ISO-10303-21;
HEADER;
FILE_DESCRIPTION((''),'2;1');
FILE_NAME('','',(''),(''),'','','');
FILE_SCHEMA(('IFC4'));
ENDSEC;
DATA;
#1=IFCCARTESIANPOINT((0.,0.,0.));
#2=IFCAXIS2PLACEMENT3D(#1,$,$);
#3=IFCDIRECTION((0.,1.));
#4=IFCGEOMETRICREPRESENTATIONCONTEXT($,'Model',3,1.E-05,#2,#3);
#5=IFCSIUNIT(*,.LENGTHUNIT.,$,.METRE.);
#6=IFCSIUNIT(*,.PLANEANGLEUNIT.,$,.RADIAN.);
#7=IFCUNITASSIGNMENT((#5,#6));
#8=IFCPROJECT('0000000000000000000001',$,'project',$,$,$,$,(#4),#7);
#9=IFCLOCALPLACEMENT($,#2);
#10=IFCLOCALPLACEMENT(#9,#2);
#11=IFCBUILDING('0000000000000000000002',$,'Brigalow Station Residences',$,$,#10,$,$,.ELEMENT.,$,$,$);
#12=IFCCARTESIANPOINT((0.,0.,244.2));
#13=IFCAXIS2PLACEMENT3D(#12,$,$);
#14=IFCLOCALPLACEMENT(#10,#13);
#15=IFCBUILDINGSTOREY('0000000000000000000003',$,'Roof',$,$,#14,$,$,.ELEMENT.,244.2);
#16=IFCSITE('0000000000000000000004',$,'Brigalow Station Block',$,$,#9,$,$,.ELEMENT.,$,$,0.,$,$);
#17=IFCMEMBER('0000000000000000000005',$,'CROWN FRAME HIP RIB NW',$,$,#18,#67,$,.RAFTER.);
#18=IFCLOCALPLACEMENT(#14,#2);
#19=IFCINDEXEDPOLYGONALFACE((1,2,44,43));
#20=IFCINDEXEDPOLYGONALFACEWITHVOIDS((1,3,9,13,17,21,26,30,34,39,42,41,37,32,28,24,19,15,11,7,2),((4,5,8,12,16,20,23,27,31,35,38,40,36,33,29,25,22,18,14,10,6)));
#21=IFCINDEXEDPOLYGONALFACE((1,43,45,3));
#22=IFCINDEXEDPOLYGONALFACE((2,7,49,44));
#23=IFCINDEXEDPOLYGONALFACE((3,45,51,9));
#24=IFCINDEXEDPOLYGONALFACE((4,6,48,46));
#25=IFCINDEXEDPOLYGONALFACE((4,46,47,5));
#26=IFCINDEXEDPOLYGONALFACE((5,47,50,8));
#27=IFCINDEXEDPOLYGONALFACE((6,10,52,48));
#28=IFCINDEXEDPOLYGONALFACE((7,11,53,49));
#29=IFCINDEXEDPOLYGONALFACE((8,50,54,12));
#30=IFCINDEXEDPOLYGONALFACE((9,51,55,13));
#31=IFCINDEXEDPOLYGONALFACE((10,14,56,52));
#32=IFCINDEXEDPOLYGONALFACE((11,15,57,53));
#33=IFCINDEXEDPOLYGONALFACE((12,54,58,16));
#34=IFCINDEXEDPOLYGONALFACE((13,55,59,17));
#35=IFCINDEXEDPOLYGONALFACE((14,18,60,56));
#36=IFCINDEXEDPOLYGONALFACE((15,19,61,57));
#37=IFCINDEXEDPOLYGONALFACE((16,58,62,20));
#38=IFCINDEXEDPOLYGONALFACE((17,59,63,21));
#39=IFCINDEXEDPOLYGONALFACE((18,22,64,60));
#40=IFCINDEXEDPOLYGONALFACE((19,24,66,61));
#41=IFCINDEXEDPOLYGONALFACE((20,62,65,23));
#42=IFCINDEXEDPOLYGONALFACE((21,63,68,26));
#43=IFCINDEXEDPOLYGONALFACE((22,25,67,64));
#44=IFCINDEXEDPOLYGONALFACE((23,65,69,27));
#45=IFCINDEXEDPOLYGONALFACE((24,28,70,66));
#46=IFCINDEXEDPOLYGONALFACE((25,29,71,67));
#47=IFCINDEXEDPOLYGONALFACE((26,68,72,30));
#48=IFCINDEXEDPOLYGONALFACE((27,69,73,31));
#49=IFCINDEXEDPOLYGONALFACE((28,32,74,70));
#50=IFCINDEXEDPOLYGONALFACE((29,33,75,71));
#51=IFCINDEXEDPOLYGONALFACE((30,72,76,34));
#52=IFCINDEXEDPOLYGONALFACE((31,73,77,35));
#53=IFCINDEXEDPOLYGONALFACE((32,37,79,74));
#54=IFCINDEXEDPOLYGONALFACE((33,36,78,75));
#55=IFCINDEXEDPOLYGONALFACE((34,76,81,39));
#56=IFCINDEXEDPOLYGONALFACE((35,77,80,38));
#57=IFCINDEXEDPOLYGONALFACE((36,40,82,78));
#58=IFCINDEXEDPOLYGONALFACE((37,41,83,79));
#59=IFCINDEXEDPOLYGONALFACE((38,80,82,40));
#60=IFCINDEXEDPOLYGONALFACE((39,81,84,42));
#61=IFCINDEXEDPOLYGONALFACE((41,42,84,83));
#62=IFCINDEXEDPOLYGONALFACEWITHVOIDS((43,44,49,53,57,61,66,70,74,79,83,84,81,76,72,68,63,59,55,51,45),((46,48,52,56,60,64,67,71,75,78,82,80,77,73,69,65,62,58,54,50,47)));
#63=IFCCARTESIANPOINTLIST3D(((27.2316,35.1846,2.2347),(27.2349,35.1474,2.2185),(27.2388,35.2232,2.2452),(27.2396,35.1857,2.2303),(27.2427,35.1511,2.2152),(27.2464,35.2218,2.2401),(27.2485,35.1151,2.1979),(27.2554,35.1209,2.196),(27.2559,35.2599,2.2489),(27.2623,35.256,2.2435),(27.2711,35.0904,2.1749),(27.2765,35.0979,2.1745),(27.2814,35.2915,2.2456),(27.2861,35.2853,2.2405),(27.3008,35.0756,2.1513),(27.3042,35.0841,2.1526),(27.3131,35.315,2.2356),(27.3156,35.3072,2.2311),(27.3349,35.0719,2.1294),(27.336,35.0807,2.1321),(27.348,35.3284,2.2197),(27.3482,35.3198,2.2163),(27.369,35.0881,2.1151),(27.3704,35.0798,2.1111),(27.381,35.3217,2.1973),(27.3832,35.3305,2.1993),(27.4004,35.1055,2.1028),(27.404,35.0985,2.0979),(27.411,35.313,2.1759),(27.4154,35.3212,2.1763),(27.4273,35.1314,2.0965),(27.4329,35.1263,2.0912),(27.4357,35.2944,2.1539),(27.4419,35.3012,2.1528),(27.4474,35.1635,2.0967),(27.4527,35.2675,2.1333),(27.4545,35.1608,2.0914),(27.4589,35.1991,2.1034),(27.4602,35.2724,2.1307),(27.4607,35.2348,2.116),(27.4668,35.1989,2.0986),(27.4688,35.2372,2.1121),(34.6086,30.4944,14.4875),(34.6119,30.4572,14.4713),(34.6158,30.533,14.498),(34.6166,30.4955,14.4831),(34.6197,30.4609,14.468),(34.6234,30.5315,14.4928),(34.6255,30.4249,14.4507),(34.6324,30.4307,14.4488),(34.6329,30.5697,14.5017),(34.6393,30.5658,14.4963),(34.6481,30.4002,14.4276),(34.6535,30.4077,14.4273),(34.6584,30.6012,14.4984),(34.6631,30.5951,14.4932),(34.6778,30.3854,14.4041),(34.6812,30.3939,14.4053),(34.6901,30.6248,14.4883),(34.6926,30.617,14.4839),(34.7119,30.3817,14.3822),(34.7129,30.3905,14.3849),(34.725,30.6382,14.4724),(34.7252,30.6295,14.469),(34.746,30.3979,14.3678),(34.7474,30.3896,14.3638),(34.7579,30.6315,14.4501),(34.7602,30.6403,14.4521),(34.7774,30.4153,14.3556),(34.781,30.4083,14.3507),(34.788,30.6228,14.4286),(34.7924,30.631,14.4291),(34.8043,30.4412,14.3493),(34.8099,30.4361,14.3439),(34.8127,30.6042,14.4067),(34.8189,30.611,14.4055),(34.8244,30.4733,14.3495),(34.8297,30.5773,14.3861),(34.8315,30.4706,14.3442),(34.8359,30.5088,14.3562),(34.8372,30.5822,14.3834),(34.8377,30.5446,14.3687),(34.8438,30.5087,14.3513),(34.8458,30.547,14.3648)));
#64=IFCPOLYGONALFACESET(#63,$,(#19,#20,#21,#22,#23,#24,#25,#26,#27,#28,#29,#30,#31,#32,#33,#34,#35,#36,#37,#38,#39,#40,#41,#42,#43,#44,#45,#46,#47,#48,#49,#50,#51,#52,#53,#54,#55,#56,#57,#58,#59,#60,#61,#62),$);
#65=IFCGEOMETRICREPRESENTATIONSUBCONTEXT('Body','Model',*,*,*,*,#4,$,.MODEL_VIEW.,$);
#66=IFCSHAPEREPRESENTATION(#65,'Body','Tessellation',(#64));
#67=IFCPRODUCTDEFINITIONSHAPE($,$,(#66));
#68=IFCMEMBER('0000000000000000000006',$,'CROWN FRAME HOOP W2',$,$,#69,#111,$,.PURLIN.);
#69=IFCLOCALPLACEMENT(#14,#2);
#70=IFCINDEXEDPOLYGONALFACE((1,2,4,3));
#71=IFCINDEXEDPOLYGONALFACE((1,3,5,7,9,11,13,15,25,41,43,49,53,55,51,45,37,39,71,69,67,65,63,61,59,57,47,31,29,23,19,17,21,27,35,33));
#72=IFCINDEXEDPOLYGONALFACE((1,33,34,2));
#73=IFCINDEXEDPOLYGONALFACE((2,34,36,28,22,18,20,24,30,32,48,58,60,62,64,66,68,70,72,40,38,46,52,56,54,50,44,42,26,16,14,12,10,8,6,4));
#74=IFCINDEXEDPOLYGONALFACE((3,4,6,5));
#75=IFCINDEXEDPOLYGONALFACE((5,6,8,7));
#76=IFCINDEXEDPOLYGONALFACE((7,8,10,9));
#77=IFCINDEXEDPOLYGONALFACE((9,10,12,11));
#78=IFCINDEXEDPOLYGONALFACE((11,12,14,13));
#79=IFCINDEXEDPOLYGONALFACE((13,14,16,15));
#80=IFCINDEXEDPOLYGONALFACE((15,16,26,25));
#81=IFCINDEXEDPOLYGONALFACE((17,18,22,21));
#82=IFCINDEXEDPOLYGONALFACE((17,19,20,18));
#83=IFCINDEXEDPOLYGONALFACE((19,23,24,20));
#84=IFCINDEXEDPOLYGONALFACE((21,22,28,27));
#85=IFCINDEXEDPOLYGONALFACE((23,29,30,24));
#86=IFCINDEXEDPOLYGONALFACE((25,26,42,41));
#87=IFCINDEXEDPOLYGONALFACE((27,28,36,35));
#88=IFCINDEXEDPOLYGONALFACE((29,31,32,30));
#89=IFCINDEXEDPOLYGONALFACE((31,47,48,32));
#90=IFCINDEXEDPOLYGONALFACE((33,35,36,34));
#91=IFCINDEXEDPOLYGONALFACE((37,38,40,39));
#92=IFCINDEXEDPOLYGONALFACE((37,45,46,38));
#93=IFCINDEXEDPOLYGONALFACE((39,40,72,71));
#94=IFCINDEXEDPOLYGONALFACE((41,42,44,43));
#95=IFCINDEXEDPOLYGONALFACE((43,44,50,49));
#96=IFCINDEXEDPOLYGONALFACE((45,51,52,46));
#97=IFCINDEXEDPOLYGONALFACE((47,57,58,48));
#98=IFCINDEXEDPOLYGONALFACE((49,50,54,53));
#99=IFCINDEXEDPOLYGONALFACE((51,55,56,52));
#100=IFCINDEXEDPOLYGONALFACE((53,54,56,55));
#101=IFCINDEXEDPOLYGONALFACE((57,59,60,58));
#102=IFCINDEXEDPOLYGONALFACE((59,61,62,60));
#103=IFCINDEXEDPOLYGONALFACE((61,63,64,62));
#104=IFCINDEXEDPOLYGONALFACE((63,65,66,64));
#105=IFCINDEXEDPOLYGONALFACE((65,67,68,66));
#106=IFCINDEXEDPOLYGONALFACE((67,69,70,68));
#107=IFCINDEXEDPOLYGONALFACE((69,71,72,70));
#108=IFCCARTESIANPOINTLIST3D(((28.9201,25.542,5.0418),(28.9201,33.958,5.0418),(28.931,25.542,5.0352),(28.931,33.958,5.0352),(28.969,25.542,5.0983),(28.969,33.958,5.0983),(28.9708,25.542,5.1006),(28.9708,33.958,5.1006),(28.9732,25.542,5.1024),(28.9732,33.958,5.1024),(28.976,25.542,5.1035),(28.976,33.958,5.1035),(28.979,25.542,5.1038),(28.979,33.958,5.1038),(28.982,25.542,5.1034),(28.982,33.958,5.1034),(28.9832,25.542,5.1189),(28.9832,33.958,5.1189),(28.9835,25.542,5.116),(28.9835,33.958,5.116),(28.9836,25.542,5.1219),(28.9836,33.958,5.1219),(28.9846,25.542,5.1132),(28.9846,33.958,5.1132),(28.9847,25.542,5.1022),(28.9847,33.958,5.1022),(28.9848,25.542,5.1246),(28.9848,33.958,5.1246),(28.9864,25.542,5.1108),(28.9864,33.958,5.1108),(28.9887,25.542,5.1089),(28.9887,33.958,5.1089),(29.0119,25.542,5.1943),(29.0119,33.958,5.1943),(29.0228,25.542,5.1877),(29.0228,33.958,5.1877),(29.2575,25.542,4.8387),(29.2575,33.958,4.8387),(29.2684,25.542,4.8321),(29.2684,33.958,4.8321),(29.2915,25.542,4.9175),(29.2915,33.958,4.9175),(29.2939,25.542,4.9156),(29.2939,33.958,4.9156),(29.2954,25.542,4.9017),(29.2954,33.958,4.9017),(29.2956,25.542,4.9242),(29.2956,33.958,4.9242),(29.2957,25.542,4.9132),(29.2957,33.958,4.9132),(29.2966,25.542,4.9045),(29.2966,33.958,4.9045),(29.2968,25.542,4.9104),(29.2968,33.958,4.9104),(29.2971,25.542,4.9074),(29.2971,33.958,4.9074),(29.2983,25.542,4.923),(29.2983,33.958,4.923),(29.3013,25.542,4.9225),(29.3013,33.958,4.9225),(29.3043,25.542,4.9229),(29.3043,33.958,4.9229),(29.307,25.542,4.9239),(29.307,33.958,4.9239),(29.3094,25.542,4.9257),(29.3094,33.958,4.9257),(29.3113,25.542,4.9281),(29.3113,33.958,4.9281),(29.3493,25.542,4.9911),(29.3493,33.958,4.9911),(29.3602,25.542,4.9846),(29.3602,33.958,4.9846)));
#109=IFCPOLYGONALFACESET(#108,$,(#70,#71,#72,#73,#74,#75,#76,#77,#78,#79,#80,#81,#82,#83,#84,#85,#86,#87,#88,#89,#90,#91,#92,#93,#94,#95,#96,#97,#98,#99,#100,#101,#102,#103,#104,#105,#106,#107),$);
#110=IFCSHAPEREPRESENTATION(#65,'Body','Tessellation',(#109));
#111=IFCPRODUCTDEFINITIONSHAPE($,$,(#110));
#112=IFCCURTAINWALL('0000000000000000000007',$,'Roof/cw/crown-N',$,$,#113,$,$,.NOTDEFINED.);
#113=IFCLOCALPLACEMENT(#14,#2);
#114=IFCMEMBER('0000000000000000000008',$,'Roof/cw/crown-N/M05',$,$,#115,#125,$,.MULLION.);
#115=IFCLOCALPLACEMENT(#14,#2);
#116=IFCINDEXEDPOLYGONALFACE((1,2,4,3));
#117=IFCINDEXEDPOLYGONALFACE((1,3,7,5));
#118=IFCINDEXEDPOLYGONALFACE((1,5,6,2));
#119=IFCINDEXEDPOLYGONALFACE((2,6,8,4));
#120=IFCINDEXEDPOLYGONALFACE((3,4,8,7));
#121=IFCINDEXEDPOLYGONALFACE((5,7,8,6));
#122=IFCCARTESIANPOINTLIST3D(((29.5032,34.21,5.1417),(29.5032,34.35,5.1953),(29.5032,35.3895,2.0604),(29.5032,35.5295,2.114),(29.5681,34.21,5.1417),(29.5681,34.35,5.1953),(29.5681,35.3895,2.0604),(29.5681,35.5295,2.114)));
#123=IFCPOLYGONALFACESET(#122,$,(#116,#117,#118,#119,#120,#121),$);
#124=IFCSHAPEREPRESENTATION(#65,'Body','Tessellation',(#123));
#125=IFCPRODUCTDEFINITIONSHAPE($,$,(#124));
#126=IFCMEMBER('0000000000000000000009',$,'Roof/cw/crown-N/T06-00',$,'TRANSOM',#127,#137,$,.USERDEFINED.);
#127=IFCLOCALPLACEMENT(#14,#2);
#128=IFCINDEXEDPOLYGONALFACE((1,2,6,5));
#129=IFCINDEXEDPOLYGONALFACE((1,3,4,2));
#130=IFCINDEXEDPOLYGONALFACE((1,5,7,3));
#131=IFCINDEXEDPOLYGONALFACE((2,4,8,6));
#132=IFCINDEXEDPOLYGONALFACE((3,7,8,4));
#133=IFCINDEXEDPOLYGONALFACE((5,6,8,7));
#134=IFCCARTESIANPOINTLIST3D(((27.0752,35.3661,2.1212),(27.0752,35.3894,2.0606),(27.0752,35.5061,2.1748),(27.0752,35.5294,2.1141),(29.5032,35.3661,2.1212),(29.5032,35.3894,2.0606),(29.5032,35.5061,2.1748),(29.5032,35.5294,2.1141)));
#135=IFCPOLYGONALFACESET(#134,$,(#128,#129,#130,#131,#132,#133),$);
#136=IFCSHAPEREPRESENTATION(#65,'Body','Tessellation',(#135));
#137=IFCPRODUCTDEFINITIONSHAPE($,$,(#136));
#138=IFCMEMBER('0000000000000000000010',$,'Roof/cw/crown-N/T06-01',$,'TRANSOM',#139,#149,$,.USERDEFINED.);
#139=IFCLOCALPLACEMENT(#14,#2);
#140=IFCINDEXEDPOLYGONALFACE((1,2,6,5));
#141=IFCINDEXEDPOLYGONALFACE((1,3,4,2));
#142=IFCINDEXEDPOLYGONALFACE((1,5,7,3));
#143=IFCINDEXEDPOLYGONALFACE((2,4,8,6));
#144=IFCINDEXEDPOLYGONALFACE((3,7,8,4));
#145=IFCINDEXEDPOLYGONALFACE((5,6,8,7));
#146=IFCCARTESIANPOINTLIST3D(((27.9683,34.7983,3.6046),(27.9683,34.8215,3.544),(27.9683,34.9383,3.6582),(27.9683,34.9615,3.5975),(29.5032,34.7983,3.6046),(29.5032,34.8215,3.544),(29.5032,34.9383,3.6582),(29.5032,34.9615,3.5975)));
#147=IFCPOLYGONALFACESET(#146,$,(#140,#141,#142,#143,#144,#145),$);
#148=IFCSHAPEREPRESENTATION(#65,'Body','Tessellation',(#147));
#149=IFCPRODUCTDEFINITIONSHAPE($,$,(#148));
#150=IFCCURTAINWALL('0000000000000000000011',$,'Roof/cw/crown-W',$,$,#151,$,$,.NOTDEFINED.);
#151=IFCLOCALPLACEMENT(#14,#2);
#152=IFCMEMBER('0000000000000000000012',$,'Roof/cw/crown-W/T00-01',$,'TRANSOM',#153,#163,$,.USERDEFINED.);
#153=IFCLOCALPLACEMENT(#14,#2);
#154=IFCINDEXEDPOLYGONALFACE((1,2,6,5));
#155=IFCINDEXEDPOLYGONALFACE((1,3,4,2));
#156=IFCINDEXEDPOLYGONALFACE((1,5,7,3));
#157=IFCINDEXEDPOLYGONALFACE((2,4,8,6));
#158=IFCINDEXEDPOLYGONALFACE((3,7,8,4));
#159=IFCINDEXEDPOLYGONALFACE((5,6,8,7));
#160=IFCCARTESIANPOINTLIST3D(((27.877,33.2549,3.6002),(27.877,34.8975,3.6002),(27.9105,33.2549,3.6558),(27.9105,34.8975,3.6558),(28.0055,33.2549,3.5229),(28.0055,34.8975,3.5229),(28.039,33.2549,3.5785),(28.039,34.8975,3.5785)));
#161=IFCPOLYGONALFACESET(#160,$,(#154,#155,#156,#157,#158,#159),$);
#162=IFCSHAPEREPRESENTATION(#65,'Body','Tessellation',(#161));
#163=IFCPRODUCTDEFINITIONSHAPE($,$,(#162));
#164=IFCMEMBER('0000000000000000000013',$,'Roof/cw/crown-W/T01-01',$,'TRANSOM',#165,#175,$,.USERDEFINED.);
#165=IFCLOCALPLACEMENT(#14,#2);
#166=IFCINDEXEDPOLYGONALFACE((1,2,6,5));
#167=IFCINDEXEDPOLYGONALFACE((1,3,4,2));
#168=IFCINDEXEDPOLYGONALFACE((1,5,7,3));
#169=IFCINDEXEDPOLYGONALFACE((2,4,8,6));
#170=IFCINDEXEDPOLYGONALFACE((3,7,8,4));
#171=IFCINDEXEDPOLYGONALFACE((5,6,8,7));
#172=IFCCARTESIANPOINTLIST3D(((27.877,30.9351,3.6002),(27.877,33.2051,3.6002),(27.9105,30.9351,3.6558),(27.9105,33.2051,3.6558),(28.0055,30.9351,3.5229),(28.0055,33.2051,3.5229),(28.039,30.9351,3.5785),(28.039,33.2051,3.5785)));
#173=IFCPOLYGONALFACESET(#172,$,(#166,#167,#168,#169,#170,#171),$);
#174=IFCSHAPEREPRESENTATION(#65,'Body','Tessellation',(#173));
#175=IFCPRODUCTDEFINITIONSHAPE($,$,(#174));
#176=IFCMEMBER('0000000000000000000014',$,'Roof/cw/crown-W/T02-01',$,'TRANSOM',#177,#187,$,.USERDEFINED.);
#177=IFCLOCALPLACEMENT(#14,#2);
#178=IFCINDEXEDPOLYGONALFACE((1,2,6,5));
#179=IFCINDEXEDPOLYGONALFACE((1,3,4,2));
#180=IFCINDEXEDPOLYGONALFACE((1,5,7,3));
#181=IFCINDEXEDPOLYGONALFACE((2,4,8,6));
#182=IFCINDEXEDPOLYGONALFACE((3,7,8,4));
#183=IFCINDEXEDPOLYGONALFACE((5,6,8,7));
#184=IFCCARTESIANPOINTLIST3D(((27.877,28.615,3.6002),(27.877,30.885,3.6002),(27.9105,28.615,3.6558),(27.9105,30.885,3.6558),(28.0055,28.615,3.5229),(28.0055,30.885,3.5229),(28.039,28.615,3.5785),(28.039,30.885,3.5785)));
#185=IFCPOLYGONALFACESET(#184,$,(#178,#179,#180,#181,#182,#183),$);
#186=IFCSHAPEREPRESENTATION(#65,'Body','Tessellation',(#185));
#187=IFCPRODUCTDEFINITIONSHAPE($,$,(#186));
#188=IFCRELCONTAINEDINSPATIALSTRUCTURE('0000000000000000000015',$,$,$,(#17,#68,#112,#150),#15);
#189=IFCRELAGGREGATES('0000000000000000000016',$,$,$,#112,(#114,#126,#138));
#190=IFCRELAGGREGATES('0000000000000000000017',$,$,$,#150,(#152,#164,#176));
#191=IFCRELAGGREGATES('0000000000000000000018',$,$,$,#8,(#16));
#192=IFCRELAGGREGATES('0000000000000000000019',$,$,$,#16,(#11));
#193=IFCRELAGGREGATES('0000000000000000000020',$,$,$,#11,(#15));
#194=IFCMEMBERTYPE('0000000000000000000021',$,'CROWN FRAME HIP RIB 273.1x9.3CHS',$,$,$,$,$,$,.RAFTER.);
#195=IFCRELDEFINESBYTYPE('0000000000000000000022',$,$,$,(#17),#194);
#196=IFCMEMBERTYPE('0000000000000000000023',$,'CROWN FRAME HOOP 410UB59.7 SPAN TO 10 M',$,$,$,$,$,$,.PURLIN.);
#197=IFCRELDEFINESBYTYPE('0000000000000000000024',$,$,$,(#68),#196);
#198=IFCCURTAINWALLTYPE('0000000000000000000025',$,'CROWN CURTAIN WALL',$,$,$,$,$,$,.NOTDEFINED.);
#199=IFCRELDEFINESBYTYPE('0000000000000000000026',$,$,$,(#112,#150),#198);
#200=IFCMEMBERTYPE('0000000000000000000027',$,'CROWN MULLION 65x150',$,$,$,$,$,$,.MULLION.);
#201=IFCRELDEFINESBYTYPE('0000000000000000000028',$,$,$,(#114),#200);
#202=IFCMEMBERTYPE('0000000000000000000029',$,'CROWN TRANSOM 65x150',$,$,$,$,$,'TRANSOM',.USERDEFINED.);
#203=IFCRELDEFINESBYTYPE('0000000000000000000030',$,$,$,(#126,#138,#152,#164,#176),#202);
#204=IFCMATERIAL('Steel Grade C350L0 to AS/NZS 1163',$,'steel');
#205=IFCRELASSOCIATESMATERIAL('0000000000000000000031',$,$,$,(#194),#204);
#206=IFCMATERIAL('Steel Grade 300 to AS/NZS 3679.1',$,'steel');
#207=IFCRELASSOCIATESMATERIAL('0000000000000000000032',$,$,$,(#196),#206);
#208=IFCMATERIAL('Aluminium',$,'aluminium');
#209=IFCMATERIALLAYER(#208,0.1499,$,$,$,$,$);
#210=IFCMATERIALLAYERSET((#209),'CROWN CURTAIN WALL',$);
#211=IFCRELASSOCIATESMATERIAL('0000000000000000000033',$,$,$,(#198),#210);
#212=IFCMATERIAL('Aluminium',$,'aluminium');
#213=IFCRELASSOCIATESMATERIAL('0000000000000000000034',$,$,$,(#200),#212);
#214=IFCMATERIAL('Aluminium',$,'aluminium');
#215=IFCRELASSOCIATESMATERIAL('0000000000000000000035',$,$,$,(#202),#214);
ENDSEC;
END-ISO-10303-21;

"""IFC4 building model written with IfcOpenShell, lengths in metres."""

from ifc_helpers import new_model, si_unit, direction, frame, origin, origin_2d, place, context, subcontext, project, spatial, rectangle, hollow_circle, i_section, extrude, material, layer, layer_set, material_profile, profile_set, type_object, element, aggregate, save


model = new_model("IFC4")

# Units and contexts
model_context = context("Model", 3, precision=1e-05, world=origin(), true_north=direction((0.0, 1.0)))
body_context = subcontext(model_context, "Body", "Model", "MODEL_VIEW")
ifc_project = project(units=[si_unit("LENGTHUNIT", "METRE"), si_unit("PLANEANGLEUNIT", "RADIAN")], contexts=[model_context])

# Site, building, storey
site_placement = place(None, origin())
site = spatial("IfcSite", under=ifc_project, at=site_placement, Name="Brigalow Station Block", CompositionType="ELEMENT", RefElevation=0.0)
building_placement = place(site_placement, origin())
building = spatial("IfcBuilding", under=site, at=building_placement, Name="Brigalow Station Residences", CompositionType="ELEMENT")
storey_placement = place(building_placement, frame((0.0, 0.0, 244.2)))
storey = spatial("IfcBuildingStorey", under=building, at=storey_placement, Name="Roof", CompositionType="ELEMENT", Elevation=244.2)

# Members
ifc_material_1 = material(Name="Steel Grade C350L0 to AS/NZS 1163", Category="steel")
ifc_material_profile_1 = material_profile(ifc_material_1, hollow_circle(Radius=0.1365, WallThickness=0.0093, at=origin_2d()), Name="273.1x9.3CHS")
ifc_profile_set_1 = profile_set([ifc_material_profile_1], Name="Steel Grade C350L0 to AS/NZS 1163")
member_type_1 = type_object("IfcMemberType", Name="CROWN FRAME HIP RIB 273.1x9.3CHS", PredefinedType="RAFTER", material=ifc_profile_set_1)
member_1_placement = place(storey_placement, frame((27.3503, 35.2014, 2.1697), z_axis=(0.490116, -0.311611, 0.814055), x_axis=(0.670788, 0.731216, -0.123959)))
element("IfcMember", 1, at=member_1_placement, inside=storey, type_object=member_type_1, Name="CROWN FRAME HIP RIB NW", PredefinedType="RAFTER", context=body_context, shape_type="SweptSolid", body=[
    extrude(hollow_circle(Radius=0.1365, WallThickness=0.0093, at=origin_2d()), origin(), (0.0, 0.0, 1.0), 15.0515),
])
ifc_material_2 = material(Name="Steel Grade 300 to AS/NZS 3679.1", Category="steel")
ifc_material_profile_2 = material_profile(ifc_material_2, i_section(OverallWidth=0.178, OverallDepth=0.4065, WebThickness=0.0078, FlangeThickness=0.0127, FilletRadius=0.0115, at=origin_2d()), Name="410UB59.7")
ifc_profile_set_2 = profile_set([ifc_material_profile_2], Name="Steel Grade 300 to AS/NZS 3679.1")
member_type_2 = type_object("IfcMemberType", Name="CROWN FRAME HOOP 410UB59.7 SPAN TO 10 M", PredefinedType="PURLIN", material=ifc_profile_set_2)
member_2_placement = place(storey_placement, frame((29.1401, 33.958, 5.0132), z_axis=(0.0, -1.0, 0.0), x_axis=(0.515813, 0.0, 0.856701)))
element("IfcMember", 2, at=member_2_placement, inside=storey, type_object=member_type_2, Name="CROWN FRAME HOOP W2", PredefinedType="PURLIN", context=body_context, shape_type="SweptSolid", body=[
    extrude(i_section(OverallWidth=0.178, OverallDepth=0.4065, WebThickness=0.0078, FlangeThickness=0.0127, FilletRadius=0.0115, at=origin_2d()), origin(), (0.0, 0.0, 1.0), 8.416),
])

# Curtain walls, members
ifc_material_3 = material(Name="Aluminium", Category="aluminium")
ifc_layer_1 = layer(ifc_material_3, 0.1499)
ifc_layer_set_1 = layer_set([ifc_layer_1], Name="CROWN CURTAIN WALL")
curtain_wall_type = type_object("IfcCurtainWallType", Name="CROWN CURTAIN WALL", PredefinedType="NOTDEFINED", material=ifc_layer_set_1)
curtain_wall_1_placement = place(storey_placement, origin())
curtain_wall_1 = element("IfcCurtainWall", 3, at=curtain_wall_1_placement, inside=storey, type_object=curtain_wall_type, Name="Roof/cw/crown-N", PredefinedType="NOTDEFINED")
ifc_material_4 = material(Name="Aluminium", Category="aluminium")
ifc_material_profile_3 = material_profile(ifc_material_4, rectangle(XDim=0.0649, YDim=0.1499, at=origin_2d()), Name="CROWN MULLION 65x150")
ifc_profile_set_3 = profile_set([ifc_material_profile_3], Name="Aluminium")
member_type_3 = type_object("IfcMemberType", Name="CROWN MULLION 65x150", PredefinedType="MULLION", material=ifc_profile_set_3)
member_3_placement = place(storey_placement, frame((29.5356, 35.4595, 2.0872), z_axis=(0.0, -0.357481, 0.93392), x_axis=(1.0, 0.0, 0.0)))
member_3 = element("IfcMember", 4, at=member_3_placement, type_object=member_type_3, Name="Roof/cw/crown-N/M05", PredefinedType="MULLION", context=body_context, shape_type="SweptSolid", body=[
    extrude(rectangle(XDim=0.0649, YDim=0.1499, at=origin_2d()), origin(), (0.0, 0.0, 1.0), 3.2993),
])
ifc_material_5 = material(Name="Aluminium", Category="aluminium")
ifc_material_profile_4 = material_profile(ifc_material_5, rectangle(XDim=0.0649, YDim=0.1499, at=origin_2d()), Name="CROWN TRANSOM 65x150")
ifc_profile_set_4 = profile_set([ifc_material_profile_4], Name="Aluminium")
member_type_4 = type_object("IfcMemberType", Name="CROWN TRANSOM 65x150", ElementType="TRANSOM", PredefinedType="USERDEFINED", material=ifc_profile_set_4)
member_4_placement = place(storey_placement, frame((29.5032, 35.4478, 2.1177), z_axis=(-1.0, 0.0, 0.0), x_axis=(0.0, -0.357491, 0.933917)))
member_4 = element("IfcMember", 5, at=member_4_placement, type_object=member_type_4, Name="Roof/cw/crown-N/T06-00", ObjectType="TRANSOM", PredefinedType="USERDEFINED", context=body_context, shape_type="SweptSolid", body=[
    extrude(rectangle(XDim=0.0649, YDim=0.1499, at=origin_2d()), origin(), (0.0, 0.0, 1.0), 2.428),
])
member_5_placement = place(storey_placement, frame((29.5032, 34.8799, 3.6011), z_axis=(-1.0, 0.0, 0.0), x_axis=(0.0, -0.357491, 0.933917)))
member_5 = element("IfcMember", 6, at=member_5_placement, type_object=member_type_4, Name="Roof/cw/crown-N/T06-01", ObjectType="TRANSOM", PredefinedType="USERDEFINED", context=body_context, shape_type="SweptSolid", body=[
    extrude(rectangle(XDim=0.0649, YDim=0.1499, at=origin_2d()), origin(), (0.0, 0.0, 1.0), 1.5349),
])
curtain_wall_2_placement = place(storey_placement, origin())
curtain_wall_2 = element("IfcCurtainWall", 7, at=curtain_wall_2_placement, inside=storey, type_object=curtain_wall_type, Name="Roof/cw/crown-W", PredefinedType="NOTDEFINED")
member_6_placement = place(storey_placement, frame((27.958, 34.8975, 3.5894), z_axis=(0.0, -1.0, 0.0), x_axis=(0.515813, 0.0, 0.856701)))
member_6 = element("IfcMember", 8, at=member_6_placement, type_object=member_type_4, Name="Roof/cw/crown-W/T00-01", ObjectType="TRANSOM", PredefinedType="USERDEFINED", context=body_context, shape_type="SweptSolid", body=[
    extrude(rectangle(XDim=0.0649, YDim=0.1499, at=origin_2d()), origin(), (0.0, 0.0, 1.0), 1.6426),
])
member_7_placement = place(storey_placement, frame((27.958, 33.2051, 3.5894), z_axis=(0.0, -1.0, 0.0), x_axis=(0.515813, 0.0, 0.856701)))
member_7 = element("IfcMember", 9, at=member_7_placement, type_object=member_type_4, Name="Roof/cw/crown-W/T01-01", ObjectType="TRANSOM", PredefinedType="USERDEFINED", context=body_context, shape_type="SweptSolid", body=[
    extrude(rectangle(XDim=0.0649, YDim=0.1499, at=origin_2d()), origin(), (0.0, 0.0, 1.0), 2.27),
])
member_8_placement = place(storey_placement, frame((27.958, 30.885, 3.5894), z_axis=(0.0, -1.0, 0.0), x_axis=(0.515813, 0.0, 0.856701)))
member_8 = element("IfcMember", 10, at=member_8_placement, type_object=member_type_4, Name="Roof/cw/crown-W/T02-01", ObjectType="TRANSOM", PredefinedType="USERDEFINED", context=body_context, shape_type="SweptSolid", body=[
    extrude(rectangle(XDim=0.0649, YDim=0.1499, at=origin_2d()), origin(), (0.0, 0.0, 1.0), 2.27),
])

aggregate(curtain_wall_1, [member_3, member_4, member_5])
aggregate(curtain_wall_2, [member_6, member_7, member_8])

save(model, "model.ifc")
